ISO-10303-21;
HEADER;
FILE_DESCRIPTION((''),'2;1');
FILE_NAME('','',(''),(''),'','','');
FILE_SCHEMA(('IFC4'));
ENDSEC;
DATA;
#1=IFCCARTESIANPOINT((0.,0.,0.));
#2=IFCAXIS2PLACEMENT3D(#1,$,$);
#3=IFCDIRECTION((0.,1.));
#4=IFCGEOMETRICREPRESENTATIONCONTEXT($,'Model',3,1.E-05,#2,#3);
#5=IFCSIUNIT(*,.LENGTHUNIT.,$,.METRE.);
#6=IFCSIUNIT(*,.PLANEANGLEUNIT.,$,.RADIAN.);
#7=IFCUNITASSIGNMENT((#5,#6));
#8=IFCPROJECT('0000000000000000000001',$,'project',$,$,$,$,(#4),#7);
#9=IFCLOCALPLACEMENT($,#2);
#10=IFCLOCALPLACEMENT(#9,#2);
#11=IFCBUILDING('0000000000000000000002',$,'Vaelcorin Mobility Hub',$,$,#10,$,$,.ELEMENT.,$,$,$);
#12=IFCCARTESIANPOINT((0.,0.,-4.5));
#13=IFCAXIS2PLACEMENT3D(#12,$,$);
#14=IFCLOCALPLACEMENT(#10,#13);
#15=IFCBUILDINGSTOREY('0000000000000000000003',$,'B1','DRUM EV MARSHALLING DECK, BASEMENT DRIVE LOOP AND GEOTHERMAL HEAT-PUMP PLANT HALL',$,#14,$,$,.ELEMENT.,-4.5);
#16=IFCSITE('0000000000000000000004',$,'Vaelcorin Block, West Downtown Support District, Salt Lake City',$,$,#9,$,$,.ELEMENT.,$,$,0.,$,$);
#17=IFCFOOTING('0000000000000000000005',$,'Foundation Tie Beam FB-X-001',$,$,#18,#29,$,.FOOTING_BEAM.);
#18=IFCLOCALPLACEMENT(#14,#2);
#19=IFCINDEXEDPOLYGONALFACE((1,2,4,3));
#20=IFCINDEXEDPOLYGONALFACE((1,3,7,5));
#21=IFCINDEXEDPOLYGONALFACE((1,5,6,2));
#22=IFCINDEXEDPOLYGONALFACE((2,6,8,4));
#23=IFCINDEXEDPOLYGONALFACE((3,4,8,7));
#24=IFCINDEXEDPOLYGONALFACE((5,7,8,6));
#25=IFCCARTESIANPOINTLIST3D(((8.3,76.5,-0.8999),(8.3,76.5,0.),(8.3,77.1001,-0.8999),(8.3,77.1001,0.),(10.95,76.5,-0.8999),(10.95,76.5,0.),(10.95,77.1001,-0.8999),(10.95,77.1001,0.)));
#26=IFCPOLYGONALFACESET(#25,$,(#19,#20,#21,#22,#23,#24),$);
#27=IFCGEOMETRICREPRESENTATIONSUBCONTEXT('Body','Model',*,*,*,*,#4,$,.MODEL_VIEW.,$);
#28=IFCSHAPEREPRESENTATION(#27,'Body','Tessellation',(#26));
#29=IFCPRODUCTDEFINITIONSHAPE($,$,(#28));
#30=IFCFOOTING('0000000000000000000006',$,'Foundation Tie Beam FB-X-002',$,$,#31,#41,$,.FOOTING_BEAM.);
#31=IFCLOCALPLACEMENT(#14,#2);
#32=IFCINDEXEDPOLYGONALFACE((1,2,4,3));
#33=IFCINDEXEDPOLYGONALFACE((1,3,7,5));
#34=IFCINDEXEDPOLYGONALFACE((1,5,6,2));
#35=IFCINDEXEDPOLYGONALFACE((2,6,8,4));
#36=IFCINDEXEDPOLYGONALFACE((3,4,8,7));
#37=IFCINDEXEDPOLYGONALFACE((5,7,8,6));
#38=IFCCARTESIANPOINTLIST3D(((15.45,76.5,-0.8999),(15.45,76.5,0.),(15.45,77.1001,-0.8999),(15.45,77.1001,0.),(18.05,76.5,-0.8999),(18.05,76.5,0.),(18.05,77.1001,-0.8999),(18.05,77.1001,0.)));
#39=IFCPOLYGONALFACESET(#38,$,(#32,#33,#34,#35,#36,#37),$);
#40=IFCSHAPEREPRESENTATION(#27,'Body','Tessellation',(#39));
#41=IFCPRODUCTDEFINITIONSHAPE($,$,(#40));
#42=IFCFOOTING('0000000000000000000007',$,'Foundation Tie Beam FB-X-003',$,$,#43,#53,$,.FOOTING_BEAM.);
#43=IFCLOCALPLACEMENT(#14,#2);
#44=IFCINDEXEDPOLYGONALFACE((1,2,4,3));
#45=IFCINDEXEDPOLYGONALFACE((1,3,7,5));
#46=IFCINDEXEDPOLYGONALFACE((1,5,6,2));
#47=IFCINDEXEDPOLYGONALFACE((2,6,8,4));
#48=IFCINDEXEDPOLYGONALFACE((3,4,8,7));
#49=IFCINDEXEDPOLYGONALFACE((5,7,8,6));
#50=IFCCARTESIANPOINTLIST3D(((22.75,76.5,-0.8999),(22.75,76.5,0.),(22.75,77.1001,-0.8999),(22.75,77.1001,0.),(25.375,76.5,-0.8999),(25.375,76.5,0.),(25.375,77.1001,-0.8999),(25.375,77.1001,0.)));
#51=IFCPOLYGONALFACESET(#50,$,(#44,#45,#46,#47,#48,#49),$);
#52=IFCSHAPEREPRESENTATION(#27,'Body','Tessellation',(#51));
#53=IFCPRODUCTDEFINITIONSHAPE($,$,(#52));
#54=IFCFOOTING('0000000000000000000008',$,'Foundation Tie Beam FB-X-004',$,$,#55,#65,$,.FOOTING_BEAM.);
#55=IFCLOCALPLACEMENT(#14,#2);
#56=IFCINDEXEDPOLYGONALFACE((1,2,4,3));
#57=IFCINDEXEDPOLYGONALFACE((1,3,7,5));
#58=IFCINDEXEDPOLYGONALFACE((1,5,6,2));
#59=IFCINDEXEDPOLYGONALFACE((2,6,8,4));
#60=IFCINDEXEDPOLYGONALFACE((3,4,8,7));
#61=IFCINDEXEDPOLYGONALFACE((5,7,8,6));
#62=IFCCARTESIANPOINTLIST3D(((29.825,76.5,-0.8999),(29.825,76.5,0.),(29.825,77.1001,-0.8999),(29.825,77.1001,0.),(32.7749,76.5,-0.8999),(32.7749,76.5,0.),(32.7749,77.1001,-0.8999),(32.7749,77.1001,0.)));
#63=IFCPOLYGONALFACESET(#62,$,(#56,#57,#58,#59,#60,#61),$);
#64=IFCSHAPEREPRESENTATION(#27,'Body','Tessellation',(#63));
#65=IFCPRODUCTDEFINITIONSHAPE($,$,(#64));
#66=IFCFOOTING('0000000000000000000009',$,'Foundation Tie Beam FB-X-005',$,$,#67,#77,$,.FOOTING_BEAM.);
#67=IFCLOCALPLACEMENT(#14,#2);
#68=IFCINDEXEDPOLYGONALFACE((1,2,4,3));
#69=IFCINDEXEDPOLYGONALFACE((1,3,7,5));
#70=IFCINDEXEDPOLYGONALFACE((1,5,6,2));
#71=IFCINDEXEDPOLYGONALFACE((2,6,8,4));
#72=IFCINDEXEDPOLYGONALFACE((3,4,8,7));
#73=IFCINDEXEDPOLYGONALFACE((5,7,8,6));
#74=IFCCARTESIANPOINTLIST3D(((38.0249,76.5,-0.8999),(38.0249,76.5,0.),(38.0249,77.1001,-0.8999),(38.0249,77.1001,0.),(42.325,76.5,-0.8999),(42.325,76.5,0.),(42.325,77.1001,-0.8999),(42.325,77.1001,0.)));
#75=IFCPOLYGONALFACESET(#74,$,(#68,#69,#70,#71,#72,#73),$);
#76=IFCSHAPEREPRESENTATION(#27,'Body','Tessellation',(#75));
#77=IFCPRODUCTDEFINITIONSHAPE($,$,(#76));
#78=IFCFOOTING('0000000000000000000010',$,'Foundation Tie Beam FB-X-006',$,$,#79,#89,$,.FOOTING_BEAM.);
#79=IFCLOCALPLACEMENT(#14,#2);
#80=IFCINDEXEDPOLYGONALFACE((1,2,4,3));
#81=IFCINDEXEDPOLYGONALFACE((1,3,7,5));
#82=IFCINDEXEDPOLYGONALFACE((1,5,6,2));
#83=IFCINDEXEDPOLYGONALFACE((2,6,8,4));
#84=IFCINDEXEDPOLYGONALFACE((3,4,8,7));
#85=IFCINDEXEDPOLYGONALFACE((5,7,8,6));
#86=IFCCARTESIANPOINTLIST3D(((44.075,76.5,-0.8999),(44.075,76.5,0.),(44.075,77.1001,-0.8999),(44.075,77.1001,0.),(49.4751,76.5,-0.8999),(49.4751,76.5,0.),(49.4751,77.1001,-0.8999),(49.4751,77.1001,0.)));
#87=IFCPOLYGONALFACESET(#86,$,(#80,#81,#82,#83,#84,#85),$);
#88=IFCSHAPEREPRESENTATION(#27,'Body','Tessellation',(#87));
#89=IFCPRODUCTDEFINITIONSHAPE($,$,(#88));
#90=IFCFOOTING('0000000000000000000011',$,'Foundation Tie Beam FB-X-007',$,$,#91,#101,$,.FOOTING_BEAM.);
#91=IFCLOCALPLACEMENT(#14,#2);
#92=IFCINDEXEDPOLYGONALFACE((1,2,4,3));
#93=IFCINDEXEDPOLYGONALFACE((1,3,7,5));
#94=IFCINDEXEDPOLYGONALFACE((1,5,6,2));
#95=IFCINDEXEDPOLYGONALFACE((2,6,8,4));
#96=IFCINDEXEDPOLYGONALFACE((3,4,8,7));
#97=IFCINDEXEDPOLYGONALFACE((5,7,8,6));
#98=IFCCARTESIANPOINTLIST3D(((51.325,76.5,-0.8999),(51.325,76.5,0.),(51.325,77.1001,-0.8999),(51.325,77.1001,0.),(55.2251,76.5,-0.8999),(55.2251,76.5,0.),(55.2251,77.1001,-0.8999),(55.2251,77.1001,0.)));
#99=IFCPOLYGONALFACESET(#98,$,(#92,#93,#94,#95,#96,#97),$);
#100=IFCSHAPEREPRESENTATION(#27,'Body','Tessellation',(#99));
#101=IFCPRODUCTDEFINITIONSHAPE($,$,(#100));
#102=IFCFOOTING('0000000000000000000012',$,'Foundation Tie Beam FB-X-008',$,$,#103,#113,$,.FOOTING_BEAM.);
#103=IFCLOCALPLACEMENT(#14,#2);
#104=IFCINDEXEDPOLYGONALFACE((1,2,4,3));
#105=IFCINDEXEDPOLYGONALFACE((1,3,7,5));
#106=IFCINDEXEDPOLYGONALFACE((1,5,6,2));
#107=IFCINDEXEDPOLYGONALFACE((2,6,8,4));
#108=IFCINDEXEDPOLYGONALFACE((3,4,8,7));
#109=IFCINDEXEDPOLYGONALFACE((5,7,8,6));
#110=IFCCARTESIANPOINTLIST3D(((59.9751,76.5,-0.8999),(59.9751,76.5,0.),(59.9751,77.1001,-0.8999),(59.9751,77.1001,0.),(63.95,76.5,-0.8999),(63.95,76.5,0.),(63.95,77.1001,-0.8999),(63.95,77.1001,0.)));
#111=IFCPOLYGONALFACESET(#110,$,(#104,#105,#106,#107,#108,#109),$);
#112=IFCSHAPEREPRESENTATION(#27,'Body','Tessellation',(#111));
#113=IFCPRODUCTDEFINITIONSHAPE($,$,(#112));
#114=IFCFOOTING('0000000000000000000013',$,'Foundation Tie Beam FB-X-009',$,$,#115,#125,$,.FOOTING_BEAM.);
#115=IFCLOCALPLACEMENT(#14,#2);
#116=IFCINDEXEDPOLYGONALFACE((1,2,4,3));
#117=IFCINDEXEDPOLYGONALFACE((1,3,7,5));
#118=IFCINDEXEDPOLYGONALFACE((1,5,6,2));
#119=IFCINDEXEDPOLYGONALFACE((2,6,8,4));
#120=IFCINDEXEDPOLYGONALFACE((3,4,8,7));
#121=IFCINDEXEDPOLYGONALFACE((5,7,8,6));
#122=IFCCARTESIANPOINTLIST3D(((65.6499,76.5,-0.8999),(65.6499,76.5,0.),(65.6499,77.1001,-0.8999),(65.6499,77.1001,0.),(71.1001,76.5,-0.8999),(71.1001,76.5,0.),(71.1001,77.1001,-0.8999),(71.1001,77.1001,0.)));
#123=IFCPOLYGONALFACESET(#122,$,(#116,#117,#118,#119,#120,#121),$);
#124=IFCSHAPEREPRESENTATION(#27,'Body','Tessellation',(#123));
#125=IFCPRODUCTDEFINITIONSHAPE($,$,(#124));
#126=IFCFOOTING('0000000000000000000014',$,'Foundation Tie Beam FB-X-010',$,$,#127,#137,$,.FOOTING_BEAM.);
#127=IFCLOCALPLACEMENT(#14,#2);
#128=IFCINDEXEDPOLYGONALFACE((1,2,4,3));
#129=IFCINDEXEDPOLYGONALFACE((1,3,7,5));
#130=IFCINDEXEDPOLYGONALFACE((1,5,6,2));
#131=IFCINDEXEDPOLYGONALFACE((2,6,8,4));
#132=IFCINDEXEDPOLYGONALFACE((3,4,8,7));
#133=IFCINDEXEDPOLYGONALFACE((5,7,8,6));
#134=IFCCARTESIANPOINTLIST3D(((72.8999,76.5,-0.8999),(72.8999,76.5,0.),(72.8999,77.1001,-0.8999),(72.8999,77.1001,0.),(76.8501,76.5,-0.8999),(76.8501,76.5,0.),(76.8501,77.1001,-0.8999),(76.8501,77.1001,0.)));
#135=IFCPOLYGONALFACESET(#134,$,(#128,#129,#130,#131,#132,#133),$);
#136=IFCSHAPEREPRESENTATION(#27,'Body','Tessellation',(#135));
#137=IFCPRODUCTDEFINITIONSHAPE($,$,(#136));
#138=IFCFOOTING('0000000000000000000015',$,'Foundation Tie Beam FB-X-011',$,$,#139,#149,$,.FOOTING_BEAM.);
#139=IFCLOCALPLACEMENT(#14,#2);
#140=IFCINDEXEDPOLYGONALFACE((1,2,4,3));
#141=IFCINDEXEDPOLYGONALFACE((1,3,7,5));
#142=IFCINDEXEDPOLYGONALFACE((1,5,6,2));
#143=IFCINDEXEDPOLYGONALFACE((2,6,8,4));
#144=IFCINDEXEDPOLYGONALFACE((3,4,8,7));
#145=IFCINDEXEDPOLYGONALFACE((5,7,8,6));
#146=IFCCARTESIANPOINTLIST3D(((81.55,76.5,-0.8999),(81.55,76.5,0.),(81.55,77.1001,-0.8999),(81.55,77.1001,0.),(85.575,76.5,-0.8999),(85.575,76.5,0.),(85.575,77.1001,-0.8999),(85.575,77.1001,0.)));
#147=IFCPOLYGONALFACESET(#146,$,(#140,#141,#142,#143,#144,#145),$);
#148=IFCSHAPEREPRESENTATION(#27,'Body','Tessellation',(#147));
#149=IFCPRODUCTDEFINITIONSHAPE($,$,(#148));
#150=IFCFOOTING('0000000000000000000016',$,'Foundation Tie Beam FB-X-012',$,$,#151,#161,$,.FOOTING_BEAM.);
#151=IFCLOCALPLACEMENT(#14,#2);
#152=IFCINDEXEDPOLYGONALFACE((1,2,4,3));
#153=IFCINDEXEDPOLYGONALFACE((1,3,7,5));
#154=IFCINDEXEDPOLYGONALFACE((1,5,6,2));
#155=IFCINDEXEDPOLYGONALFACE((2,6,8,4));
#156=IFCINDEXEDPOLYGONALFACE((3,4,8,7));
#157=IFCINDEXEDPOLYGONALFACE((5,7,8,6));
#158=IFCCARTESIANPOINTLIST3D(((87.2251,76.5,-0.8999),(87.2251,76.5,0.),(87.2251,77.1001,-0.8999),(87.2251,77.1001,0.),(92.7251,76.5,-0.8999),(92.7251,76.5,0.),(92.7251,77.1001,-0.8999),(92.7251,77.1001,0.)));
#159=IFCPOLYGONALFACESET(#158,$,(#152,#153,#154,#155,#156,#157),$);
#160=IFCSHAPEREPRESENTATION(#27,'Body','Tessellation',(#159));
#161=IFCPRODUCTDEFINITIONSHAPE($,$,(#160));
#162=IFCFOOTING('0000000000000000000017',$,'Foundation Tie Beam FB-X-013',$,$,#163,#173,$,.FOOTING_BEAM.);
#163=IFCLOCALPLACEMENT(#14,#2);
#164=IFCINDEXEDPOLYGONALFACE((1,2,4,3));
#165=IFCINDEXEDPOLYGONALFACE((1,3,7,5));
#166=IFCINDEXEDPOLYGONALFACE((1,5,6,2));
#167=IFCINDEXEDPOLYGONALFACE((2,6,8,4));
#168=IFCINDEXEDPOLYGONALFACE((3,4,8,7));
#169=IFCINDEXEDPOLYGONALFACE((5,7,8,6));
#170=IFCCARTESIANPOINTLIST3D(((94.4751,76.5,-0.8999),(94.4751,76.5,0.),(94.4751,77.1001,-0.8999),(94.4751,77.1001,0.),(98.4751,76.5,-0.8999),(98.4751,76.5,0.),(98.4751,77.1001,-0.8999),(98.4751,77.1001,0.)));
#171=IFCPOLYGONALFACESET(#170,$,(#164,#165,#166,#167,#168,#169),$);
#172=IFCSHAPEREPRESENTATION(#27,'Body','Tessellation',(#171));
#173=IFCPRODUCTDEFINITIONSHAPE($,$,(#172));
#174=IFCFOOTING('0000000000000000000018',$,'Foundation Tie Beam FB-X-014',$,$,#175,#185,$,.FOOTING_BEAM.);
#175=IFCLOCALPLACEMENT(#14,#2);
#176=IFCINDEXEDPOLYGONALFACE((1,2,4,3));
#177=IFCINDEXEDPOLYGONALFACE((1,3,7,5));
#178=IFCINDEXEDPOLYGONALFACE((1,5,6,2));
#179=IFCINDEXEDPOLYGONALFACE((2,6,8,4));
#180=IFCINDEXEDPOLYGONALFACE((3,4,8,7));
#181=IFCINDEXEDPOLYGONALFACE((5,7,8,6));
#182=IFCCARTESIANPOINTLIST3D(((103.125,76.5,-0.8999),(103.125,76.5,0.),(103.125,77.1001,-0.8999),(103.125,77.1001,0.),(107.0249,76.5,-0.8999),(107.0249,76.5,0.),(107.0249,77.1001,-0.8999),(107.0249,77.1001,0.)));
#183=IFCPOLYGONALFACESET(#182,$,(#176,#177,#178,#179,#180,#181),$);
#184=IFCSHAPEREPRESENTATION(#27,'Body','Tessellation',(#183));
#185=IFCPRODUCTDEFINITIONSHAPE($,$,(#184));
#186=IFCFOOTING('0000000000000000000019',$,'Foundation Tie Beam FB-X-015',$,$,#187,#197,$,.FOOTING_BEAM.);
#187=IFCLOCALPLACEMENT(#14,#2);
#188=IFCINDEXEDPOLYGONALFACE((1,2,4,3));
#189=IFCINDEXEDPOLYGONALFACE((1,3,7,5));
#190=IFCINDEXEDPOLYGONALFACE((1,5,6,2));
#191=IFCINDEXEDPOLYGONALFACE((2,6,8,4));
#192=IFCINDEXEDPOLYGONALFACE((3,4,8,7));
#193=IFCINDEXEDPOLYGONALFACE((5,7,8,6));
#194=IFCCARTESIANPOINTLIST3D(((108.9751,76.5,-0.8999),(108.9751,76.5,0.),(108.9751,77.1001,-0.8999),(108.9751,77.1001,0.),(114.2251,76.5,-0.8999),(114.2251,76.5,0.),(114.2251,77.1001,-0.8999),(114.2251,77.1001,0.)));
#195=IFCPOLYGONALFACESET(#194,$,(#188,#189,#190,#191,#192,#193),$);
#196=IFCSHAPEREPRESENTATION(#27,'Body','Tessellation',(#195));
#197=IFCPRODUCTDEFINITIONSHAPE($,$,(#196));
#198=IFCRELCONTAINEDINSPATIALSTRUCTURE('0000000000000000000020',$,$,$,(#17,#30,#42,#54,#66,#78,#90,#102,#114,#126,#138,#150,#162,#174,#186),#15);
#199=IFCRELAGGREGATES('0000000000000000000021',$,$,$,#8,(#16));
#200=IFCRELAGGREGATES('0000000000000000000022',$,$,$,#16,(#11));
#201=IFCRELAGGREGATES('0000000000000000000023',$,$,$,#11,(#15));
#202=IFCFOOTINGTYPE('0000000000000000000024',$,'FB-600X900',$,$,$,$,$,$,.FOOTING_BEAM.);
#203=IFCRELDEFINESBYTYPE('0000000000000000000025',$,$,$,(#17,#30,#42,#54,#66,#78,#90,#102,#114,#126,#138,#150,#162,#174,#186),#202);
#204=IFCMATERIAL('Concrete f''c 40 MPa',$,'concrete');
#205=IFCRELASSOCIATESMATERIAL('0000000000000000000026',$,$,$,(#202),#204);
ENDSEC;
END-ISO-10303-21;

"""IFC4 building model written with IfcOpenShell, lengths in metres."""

from ifc_helpers import new_model, si_unit, direction, frame, origin, place, context, subcontext, project, spatial, polyline, outline, extrude, material, type_object, element, save


model = new_model("IFC4")

# Units and contexts
model_context = context("Model", 3, precision=1e-05, world=origin(), true_north=direction((0.0, 1.0)))
body_context = subcontext(model_context, "Body", "Model", "MODEL_VIEW")
ifc_project = project(units=[si_unit("LENGTHUNIT", "METRE"), si_unit("PLANEANGLEUNIT", "RADIAN")], contexts=[model_context])

# Site, building, storey
site_placement = place(None, origin())
site = spatial("IfcSite", under=ifc_project, at=site_placement, Name="Vaelcorin Block, West Downtown Support District, Salt Lake City", CompositionType="ELEMENT", RefElevation=0.0)
building_placement = place(site_placement, origin())
building = spatial("IfcBuilding", under=site, at=building_placement, Name="Vaelcorin Mobility Hub", CompositionType="ELEMENT")
storey_placement = place(building_placement, frame((0.0, 0.0, -4.5)))
storey = spatial("IfcBuildingStorey", under=building, at=storey_placement, Name="B1", Description="DRUM EV MARSHALLING DECK, BASEMENT DRIVE LOOP AND GEOTHERMAL HEAT-PUMP PLANT HALL", CompositionType="ELEMENT", Elevation=-4.5)

# Footings
ifc_material = material(Name="Concrete f'c 40 MPa", Category="concrete")
footing_type = type_object("IfcFootingType", Name="FB-600X900", PredefinedType="FOOTING_BEAM", material=ifc_material)
footing_1_placement = place(storey_placement, frame((0.0, 0.0, -0.8999)))
element("IfcFooting", 1, at=footing_1_placement, inside=storey, type_object=footing_type, Name="Foundation Tie Beam FB-X-001", PredefinedType="FOOTING_BEAM", context=body_context, shape_type="SweptSolid", body=[
    extrude(outline(polyline([(8.3, 76.5), (10.95, 76.5), (10.95, 77.1001), (8.3, 77.1001), (8.3, 76.5)])), origin(), (0.0, 0.0, 1.0), 0.8999),
])
footing_2_placement = place(storey_placement, frame((0.0, 0.0, -0.8999)))
element("IfcFooting", 2, at=footing_2_placement, inside=storey, type_object=footing_type, Name="Foundation Tie Beam FB-X-002", PredefinedType="FOOTING_BEAM", context=body_context, shape_type="SweptSolid", body=[
    extrude(outline(polyline([(15.45, 76.5), (18.05, 76.5), (18.05, 77.1001), (15.45, 77.1001), (15.45, 76.5)])), origin(), (0.0, 0.0, 1.0), 0.8999),
])
footing_3_placement = place(storey_placement, frame((0.0, 0.0, -0.8999)))
element("IfcFooting", 3, at=footing_3_placement, inside=storey, type_object=footing_type, Name="Foundation Tie Beam FB-X-003", PredefinedType="FOOTING_BEAM", context=body_context, shape_type="SweptSolid", body=[
    extrude(outline(polyline([(22.75, 76.5), (25.375, 76.5), (25.375, 77.1001), (22.75, 77.1001), (22.75, 76.5)])), origin(), (0.0, 0.0, 1.0), 0.8999),
])
footing_4_placement = place(storey_placement, frame((0.0, 0.0, -0.8999)))
element("IfcFooting", 4, at=footing_4_placement, inside=storey, type_object=footing_type, Name="Foundation Tie Beam FB-X-004", PredefinedType="FOOTING_BEAM", context=body_context, shape_type="SweptSolid", body=[
    extrude(outline(polyline([(29.825, 76.5), (32.7749, 76.5), (32.7749, 77.1001), (29.825, 77.1001), (29.825, 76.5)])), origin(), (0.0, 0.0, 1.0), 0.8999),
])
footing_5_placement = place(storey_placement, frame((0.0, 0.0, -0.8999)))
element("IfcFooting", 5, at=footing_5_placement, inside=storey, type_object=footing_type, Name="Foundation Tie Beam FB-X-005", PredefinedType="FOOTING_BEAM", context=body_context, shape_type="SweptSolid", body=[
    extrude(outline(polyline([(38.0249, 76.5), (42.325, 76.5), (42.325, 77.1001), (38.0249, 77.1001), (38.0249, 76.5)])), origin(), (0.0, 0.0, 1.0), 0.8999),
])
footing_6_placement = place(storey_placement, frame((0.0, 0.0, -0.8999)))
element("IfcFooting", 6, at=footing_6_placement, inside=storey, type_object=footing_type, Name="Foundation Tie Beam FB-X-006", PredefinedType="FOOTING_BEAM", context=body_context, shape_type="SweptSolid", body=[
    extrude(outline(polyline([(44.075, 76.5), (49.4751, 76.5), (49.4751, 77.1001), (44.075, 77.1001), (44.075, 76.5)])), origin(), (0.0, 0.0, 1.0), 0.8999),
])
footing_7_placement = place(storey_placement, frame((0.0, 0.0, -0.8999)))
element("IfcFooting", 7, at=footing_7_placement, inside=storey, type_object=footing_type, Name="Foundation Tie Beam FB-X-007", PredefinedType="FOOTING_BEAM", context=body_context, shape_type="SweptSolid", body=[
    extrude(outline(polyline([(51.325, 76.5), (55.2251, 76.5), (55.2251, 77.1001), (51.325, 77.1001), (51.325, 76.5)])), origin(), (0.0, 0.0, 1.0), 0.8999),
])
footing_8_placement = place(storey_placement, frame((0.0, 0.0, -0.8999)))
element("IfcFooting", 8, at=footing_8_placement, inside=storey, type_object=footing_type, Name="Foundation Tie Beam FB-X-008", PredefinedType="FOOTING_BEAM", context=body_context, shape_type="SweptSolid", body=[
    extrude(outline(polyline([(59.9751, 76.5), (63.95, 76.5), (63.95, 77.1001), (59.9751, 77.1001), (59.9751, 76.5)])), origin(), (0.0, 0.0, 1.0), 0.8999),
])
footing_9_placement = place(storey_placement, frame((0.0, 0.0, -0.8999)))
element("IfcFooting", 9, at=footing_9_placement, inside=storey, type_object=footing_type, Name="Foundation Tie Beam FB-X-009", PredefinedType="FOOTING_BEAM", context=body_context, shape_type="SweptSolid", body=[
    extrude(outline(polyline([(65.6499, 76.5), (71.1001, 76.5), (71.1001, 77.1001), (65.6499, 77.1001), (65.6499, 76.5)])), origin(), (0.0, 0.0, 1.0), 0.8999),
])
footing_10_placement = place(storey_placement, frame((0.0, 0.0, -0.8999)))
element("IfcFooting", 10, at=footing_10_placement, inside=storey, type_object=footing_type, Name="Foundation Tie Beam FB-X-010", PredefinedType="FOOTING_BEAM", context=body_context, shape_type="SweptSolid", body=[
    extrude(outline(polyline([(72.8999, 76.5), (76.8501, 76.5), (76.8501, 77.1001), (72.8999, 77.1001), (72.8999, 76.5)])), origin(), (0.0, 0.0, 1.0), 0.8999),
])
footing_11_placement = place(storey_placement, frame((0.0, 0.0, -0.8999)))
element("IfcFooting", 11, at=footing_11_placement, inside=storey, type_object=footing_type, Name="Foundation Tie Beam FB-X-011", PredefinedType="FOOTING_BEAM", context=body_context, shape_type="SweptSolid", body=[
    extrude(outline(polyline([(81.55, 76.5), (85.575, 76.5), (85.575, 77.1001), (81.55, 77.1001), (81.55, 76.5)])), origin(), (0.0, 0.0, 1.0), 0.8999),
])
footing_12_placement = place(storey_placement, frame((0.0, 0.0, -0.8999)))
element("IfcFooting", 12, at=footing_12_placement, inside=storey, type_object=footing_type, Name="Foundation Tie Beam FB-X-012", PredefinedType="FOOTING_BEAM", context=body_context, shape_type="SweptSolid", body=[
    extrude(outline(polyline([(87.2251, 76.5), (92.7251, 76.5), (92.7251, 77.1001), (87.2251, 77.1001), (87.2251, 76.5)])), origin(), (0.0, 0.0, 1.0), 0.8999),
])
footing_13_placement = place(storey_placement, frame((0.0, 0.0, -0.8999)))
element("IfcFooting", 13, at=footing_13_placement, inside=storey, type_object=footing_type, Name="Foundation Tie Beam FB-X-013", PredefinedType="FOOTING_BEAM", context=body_context, shape_type="SweptSolid", body=[
    extrude(outline(polyline([(94.4751, 76.5), (98.4751, 76.5), (98.4751, 77.1001), (94.4751, 77.1001), (94.4751, 76.5)])), origin(), (0.0, 0.0, 1.0), 0.8999),
])
footing_14_placement = place(storey_placement, frame((0.0, 0.0, -0.8999)))
element("IfcFooting", 14, at=footing_14_placement, inside=storey, type_object=footing_type, Name="Foundation Tie Beam FB-X-014", PredefinedType="FOOTING_BEAM", context=body_context, shape_type="SweptSolid", body=[
    extrude(outline(polyline([(103.125, 76.5), (107.0249, 76.5), (107.0249, 77.1001), (103.125, 77.1001), (103.125, 76.5)])), origin(), (0.0, 0.0, 1.0), 0.8999),
])
footing_15_placement = place(storey_placement, frame((0.0, 0.0, -0.8999)))
element("IfcFooting", 15, at=footing_15_placement, inside=storey, type_object=footing_type, Name="Foundation Tie Beam FB-X-015", PredefinedType="FOOTING_BEAM", context=body_context, shape_type="SweptSolid", body=[
    extrude(outline(polyline([(108.9751, 76.5), (114.2251, 76.5), (114.2251, 77.1001), (108.9751, 77.1001), (108.9751, 76.5)])), origin(), (0.0, 0.0, 1.0), 0.8999),
])

save(model, "model.ifc")
